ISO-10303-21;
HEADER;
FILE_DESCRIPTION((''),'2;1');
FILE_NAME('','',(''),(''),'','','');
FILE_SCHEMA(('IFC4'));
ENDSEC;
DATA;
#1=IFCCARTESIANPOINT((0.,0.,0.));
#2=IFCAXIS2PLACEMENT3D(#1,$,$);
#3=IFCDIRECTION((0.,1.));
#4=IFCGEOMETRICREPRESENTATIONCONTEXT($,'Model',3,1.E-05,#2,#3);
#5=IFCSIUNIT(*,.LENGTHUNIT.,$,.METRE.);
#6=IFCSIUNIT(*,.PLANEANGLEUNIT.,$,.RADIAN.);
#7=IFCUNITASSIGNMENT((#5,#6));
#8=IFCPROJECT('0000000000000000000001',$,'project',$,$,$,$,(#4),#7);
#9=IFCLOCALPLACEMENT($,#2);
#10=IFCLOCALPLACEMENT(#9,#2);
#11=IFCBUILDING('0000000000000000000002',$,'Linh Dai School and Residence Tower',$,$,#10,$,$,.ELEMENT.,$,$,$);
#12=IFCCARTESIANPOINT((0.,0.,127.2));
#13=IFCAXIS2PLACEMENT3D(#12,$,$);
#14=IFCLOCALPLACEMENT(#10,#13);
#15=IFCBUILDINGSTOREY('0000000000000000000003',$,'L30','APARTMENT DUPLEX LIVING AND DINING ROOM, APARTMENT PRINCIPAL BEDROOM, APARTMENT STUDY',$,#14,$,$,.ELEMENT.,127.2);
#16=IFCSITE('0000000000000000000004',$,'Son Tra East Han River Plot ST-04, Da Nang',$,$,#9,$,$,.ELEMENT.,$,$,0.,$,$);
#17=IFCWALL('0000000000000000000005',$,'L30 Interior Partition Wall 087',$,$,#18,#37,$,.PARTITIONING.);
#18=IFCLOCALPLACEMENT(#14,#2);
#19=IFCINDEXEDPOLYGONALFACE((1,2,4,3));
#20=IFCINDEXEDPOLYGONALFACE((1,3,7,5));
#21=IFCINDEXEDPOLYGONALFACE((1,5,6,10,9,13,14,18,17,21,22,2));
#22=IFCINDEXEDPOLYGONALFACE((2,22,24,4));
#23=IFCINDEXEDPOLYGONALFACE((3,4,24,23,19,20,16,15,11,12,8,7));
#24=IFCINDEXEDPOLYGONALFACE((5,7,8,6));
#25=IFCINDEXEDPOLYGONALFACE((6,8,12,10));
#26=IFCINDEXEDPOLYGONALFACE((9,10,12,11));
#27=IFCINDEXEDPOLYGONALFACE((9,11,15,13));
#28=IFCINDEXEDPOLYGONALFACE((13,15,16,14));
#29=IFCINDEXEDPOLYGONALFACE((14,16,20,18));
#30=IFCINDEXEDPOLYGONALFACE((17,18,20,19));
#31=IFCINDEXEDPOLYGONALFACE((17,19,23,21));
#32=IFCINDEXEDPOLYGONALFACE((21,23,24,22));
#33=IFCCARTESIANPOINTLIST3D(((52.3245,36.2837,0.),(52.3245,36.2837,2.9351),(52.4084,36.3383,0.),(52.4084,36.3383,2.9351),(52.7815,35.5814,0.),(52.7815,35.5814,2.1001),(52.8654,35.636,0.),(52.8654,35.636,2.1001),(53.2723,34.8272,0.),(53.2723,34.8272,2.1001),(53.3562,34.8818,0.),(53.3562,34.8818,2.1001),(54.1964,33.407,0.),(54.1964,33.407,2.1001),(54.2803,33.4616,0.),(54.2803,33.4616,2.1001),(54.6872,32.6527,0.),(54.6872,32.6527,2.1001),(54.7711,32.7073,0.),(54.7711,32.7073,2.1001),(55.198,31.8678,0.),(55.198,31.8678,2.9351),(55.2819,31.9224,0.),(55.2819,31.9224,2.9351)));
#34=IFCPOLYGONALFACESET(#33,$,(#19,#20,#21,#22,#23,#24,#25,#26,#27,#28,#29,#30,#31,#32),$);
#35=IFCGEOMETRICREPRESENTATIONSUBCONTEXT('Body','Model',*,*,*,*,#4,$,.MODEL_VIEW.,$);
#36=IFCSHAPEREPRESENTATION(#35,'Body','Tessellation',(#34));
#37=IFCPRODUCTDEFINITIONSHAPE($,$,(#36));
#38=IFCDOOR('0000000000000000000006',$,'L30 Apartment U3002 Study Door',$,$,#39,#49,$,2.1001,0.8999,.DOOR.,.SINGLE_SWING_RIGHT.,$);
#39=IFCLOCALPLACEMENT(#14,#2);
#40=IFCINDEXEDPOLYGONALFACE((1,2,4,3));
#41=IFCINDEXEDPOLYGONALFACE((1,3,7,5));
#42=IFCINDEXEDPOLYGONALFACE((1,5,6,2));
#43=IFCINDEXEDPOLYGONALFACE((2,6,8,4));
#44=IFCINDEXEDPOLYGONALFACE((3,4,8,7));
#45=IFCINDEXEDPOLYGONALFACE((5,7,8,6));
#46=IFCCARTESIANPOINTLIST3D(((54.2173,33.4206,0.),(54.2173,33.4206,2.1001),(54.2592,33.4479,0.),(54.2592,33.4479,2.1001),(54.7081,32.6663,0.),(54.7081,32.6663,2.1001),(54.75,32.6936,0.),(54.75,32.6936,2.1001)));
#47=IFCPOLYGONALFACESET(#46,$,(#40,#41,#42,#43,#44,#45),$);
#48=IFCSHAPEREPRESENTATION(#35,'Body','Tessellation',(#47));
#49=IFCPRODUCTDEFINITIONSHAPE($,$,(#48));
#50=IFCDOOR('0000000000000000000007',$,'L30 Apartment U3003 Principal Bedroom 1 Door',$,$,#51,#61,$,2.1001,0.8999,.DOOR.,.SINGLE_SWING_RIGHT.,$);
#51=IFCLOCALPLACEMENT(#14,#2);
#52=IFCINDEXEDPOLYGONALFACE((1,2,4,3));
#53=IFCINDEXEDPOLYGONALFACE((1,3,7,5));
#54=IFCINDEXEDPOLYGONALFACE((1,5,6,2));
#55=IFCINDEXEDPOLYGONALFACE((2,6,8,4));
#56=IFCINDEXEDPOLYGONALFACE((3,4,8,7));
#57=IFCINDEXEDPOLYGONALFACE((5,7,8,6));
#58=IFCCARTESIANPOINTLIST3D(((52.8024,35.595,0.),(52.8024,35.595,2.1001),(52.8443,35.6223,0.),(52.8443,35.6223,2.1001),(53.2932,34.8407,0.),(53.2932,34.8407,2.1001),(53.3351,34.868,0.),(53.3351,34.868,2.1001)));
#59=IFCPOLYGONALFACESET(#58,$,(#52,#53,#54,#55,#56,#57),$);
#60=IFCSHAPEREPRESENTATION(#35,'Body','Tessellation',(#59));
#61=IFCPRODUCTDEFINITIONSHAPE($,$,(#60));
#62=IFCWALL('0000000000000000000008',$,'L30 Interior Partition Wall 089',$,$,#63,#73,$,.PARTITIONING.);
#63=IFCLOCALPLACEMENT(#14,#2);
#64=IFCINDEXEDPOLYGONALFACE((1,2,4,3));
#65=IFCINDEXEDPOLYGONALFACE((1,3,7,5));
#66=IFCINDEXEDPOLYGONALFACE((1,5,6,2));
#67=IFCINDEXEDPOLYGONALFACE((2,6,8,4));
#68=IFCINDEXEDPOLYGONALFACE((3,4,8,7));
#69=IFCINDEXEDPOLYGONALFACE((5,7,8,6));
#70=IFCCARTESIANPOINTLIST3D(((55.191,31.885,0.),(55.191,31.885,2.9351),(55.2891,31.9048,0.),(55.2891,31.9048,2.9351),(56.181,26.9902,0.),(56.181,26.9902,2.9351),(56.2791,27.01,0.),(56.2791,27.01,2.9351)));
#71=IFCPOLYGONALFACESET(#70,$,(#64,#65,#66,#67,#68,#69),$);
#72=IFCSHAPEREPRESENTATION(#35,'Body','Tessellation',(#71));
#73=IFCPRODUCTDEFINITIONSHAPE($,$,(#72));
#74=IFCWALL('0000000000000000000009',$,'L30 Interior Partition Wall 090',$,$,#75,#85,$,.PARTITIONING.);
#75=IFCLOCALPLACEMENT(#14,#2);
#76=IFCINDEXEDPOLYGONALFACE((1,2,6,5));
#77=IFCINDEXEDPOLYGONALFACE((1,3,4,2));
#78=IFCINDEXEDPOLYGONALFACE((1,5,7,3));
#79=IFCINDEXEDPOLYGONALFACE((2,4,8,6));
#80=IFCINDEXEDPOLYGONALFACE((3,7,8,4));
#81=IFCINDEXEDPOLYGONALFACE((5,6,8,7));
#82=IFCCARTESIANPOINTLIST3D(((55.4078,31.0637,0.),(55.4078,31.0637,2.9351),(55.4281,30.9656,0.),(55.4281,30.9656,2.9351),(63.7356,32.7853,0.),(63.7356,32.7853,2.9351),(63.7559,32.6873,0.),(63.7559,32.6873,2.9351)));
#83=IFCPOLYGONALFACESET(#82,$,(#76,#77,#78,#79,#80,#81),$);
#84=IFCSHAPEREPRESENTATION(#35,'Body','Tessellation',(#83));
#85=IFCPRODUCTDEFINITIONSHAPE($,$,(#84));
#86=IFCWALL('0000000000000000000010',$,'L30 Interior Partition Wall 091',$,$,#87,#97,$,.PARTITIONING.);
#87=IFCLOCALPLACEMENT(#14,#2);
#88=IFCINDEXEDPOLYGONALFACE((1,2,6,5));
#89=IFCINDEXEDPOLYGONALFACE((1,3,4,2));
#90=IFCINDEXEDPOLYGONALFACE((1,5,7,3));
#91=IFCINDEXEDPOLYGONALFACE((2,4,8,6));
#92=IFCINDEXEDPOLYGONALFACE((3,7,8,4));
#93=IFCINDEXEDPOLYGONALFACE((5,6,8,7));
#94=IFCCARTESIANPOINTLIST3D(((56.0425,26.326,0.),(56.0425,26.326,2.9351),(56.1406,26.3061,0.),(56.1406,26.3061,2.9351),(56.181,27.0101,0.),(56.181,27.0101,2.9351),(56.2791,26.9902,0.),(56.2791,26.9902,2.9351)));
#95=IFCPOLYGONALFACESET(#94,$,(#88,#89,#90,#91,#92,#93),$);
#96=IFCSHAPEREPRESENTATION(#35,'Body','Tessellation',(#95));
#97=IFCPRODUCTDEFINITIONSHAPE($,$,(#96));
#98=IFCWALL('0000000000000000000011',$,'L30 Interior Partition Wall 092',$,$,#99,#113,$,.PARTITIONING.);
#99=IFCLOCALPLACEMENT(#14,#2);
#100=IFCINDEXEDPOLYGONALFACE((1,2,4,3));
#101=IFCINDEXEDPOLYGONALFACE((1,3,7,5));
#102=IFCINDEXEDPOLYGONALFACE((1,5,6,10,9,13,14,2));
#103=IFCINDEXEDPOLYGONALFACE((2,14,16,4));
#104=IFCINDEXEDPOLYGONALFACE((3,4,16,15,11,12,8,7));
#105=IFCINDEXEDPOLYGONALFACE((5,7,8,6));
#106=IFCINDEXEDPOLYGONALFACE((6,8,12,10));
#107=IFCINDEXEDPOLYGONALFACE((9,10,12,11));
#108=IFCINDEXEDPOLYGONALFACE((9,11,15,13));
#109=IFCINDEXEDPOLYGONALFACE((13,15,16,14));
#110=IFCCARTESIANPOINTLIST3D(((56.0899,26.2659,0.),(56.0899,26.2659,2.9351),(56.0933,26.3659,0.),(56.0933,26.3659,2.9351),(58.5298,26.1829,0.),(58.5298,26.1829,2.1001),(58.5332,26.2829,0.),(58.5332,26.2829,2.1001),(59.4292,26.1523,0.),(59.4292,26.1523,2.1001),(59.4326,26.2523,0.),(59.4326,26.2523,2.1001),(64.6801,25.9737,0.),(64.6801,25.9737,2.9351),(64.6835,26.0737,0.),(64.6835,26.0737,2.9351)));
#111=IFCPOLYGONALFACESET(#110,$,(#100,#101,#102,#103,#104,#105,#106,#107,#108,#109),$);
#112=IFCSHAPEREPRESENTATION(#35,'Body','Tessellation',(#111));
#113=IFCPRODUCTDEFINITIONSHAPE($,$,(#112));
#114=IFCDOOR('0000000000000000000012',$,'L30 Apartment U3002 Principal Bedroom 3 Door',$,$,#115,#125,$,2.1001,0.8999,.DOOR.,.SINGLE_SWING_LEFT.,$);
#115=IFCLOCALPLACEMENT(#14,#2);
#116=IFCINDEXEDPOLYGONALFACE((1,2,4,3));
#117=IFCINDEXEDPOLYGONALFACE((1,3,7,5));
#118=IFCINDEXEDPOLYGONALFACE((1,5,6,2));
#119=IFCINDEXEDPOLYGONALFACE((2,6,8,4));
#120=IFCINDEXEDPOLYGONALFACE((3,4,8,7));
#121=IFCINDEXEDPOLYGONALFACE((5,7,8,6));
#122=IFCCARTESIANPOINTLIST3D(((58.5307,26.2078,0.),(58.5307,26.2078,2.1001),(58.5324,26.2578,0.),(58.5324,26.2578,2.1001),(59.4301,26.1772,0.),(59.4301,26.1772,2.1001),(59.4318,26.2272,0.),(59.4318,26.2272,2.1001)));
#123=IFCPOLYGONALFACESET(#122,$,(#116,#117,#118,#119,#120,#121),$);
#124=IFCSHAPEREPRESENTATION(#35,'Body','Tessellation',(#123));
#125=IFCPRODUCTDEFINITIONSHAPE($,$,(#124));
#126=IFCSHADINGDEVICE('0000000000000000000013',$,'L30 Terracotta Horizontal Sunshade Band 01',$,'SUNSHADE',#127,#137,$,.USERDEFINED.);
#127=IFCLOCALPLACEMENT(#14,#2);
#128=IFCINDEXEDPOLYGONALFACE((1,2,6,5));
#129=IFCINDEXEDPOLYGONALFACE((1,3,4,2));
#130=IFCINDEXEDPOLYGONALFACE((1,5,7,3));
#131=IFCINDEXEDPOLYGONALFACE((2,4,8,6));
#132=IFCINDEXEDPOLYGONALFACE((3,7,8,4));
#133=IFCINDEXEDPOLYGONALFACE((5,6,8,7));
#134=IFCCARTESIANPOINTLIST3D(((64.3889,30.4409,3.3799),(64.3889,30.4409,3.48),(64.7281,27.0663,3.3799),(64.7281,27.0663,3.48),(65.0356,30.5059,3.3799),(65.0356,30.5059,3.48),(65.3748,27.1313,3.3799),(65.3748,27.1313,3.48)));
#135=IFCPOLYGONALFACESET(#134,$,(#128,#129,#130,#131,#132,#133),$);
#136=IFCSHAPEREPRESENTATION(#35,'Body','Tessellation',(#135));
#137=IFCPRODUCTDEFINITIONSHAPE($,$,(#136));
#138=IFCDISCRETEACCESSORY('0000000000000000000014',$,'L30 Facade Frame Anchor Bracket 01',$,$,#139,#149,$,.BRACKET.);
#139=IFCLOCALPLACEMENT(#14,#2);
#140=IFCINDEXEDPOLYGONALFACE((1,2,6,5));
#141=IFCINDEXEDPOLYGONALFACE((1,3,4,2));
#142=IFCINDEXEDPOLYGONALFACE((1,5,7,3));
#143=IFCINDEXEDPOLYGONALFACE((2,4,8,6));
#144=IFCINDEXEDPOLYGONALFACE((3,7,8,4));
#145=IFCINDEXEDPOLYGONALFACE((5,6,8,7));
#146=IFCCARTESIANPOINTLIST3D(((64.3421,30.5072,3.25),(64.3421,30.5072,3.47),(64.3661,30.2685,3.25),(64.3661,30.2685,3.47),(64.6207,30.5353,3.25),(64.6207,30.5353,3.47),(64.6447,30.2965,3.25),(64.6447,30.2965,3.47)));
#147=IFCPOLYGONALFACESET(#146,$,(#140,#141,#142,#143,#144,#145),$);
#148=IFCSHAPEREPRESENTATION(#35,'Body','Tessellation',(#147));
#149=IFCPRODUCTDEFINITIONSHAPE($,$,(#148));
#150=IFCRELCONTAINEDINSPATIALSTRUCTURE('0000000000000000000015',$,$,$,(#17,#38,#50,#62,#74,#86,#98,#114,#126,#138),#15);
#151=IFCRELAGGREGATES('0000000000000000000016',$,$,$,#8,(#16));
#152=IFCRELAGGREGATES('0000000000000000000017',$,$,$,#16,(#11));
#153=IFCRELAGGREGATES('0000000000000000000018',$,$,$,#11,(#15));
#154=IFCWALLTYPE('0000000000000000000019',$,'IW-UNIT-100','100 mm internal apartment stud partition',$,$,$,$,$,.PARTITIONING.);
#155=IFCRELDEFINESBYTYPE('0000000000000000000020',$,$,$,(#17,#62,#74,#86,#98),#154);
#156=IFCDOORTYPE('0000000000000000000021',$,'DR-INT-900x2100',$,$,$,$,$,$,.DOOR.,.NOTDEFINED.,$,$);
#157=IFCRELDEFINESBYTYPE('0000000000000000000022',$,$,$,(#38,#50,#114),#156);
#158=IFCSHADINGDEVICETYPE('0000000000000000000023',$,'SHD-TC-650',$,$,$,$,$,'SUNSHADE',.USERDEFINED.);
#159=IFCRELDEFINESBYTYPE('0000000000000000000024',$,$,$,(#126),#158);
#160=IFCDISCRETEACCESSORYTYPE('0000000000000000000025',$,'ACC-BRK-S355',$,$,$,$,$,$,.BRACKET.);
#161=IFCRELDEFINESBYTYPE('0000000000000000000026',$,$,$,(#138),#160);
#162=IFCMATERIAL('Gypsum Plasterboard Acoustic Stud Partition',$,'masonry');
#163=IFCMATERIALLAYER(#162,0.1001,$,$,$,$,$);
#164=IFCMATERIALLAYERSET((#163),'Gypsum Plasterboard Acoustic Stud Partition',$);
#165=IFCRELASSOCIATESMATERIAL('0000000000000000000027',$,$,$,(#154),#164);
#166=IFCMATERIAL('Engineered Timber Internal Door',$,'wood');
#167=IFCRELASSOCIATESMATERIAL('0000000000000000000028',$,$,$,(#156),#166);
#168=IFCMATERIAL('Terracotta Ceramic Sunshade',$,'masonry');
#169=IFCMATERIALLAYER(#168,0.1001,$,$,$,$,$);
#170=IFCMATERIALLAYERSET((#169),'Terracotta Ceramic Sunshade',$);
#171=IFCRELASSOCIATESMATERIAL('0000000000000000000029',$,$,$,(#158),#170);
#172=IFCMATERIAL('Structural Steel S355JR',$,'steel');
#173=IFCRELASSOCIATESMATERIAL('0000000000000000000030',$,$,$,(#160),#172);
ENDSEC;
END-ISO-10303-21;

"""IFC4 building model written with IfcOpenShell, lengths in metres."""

from ifc_helpers import new_model, si_unit, direction, frame, frame_2d, origin, origin_2d, place, context, subcontext, project, spatial, rectangle, extrude, source, transform, mapped, material, layer, layer_set, type_object, element, fill, save


model = new_model("IFC4")

# Units and contexts
model_context = context("Model", 3, precision=1e-05, world=origin(), true_north=direction((0.0, 1.0)))
body_context = subcontext(model_context, "Body", "Model", "MODEL_VIEW")
ifc_project = project(units=[si_unit("LENGTHUNIT", "METRE"), si_unit("PLANEANGLEUNIT", "RADIAN")], contexts=[model_context])

# Site, building, storey
site_placement = place(None, origin())
site = spatial("IfcSite", under=ifc_project, at=site_placement, Name="Son Tra East Han River Plot ST-04, Da Nang", CompositionType="ELEMENT", RefElevation=0.0)
building_placement = place(site_placement, origin())
building = spatial("IfcBuilding", under=site, at=building_placement, Name="Linh Dai School and Residence Tower", CompositionType="ELEMENT")
storey_placement = place(building_placement, frame((0.0, 0.0, 127.2)))
storey = spatial("IfcBuildingStorey", under=building, at=storey_placement, Name="L30", Description="APARTMENT DUPLEX LIVING AND DINING ROOM, APARTMENT PRINCIPAL BEDROOM, APARTMENT STUDY", CompositionType="ELEMENT", Elevation=127.2)

# Shared definitions
ifc_material_1 = material(Name="Structural Steel S355JR", Category="steel")

# Shared definitions
ifc_material_2 = material(Name="Gypsum Plasterboard Acoustic Stud Partition", Category="masonry")
ifc_layer_1 = layer(ifc_material_2, 0.1001)
ifc_layer_set_1 = layer_set([ifc_layer_1], Name="Gypsum Plasterboard Acoustic Stud Partition")
wall_type_1 = type_object("IfcWallType", Name="IW-UNIT-100", Description="100 mm internal apartment stud partition", PredefinedType="PARTITIONING", material=ifc_layer_set_1)

# Wall, openings, doors
wall_1_placement = place(storey_placement, frame((52.3665, 36.311, 0.0), z_axis=(0.0, 0.0, 1.0), x_axis=(0.545405, -0.838172, 0.0)))
wall_1 = element("IfcWall", 1, at=wall_1_placement, inside=storey, type_object=wall_type_1, Name="L30 Interior Partition Wall 087", PredefinedType="PARTITIONING", context=body_context, shape_type="SweptSolid", body=[
    extrude(rectangle(XDim=5.2686, YDim=0.1001, at=frame_2d((2.6343, 0.0))), origin(), (0.0, 0.0, 1.0), 2.9351),
])
opening_1_placement = place(wall_1_placement, frame((3.4321, 0.0, 0.0)))
opening_1 = element("IfcOpeningElement", 2, at=opening_1_placement, cuts=wall_1, PredefinedType="OPENING", context=body_context, shape_type="SweptSolid", body=[
    extrude(rectangle(XDim=0.8999, YDim=2.1001, at=origin_2d()), frame((0.45, 0.0601, 1.05), z_axis=(0.0, -1.0, 0.0), x_axis=(1.0, 0.0, 0.0)), (0.0, 0.0, 1.0), 0.1201),
])
opening_2_placement = place(wall_1_placement, frame((0.8379, 0.0, 0.0)))
opening_2 = element("IfcOpeningElement", 3, at=opening_2_placement, cuts=wall_1, PredefinedType="OPENING", context=body_context, shape_type="SweptSolid", body=[
    extrude(rectangle(XDim=0.8999, YDim=2.1001, at=origin_2d()), frame((0.45, 0.0601, 1.05), z_axis=(0.0, -1.0, 0.0), x_axis=(1.0, 0.0, 0.0)), (0.0, 0.0, 1.0), 0.1201),
])
ifc_material_3 = material(Name="Engineered Timber Internal Door", Category="wood")
door_type = type_object("IfcDoorType", Name="DR-INT-900x2100", OperationType="NOTDEFINED", PredefinedType="DOOR", material=ifc_material_3)
shared_shape_1 = source(origin(), body_context, "Body", "SweptSolid", [
    extrude(rectangle(XDim=0.8999, YDim=2.1001, at=origin_2d()), frame((0.45, 0.0249, 1.05), z_axis=(0.0, -1.0, 0.0), x_axis=(1.0, 0.0, 0.0)), (0.0, 0.0, 1.0), 0.05),
])
door_1_placement = place(opening_1_placement, origin())
door_1 = element("IfcDoor", 4, at=door_1_placement, inside=storey, type_object=door_type, Name="L30 Apartment U3002 Study Door", OperationType="SINGLE_SWING_RIGHT", OverallHeight=2.1001, OverallWidth=0.8999, PredefinedType="DOOR", context=body_context, shape_type="MappedRepresentation", body=[
    mapped(shared_shape_1, transform((0.0, 0.0, 0.0), x_axis=(1.0, 0.0, 0.0), y_axis=(0.0, 1.0, 0.0), z_axis=(0.0, 0.0, 1.0), scale=1.0)),
])
fill(opening_1, door_1)
door_2_placement = place(opening_2_placement, origin())
door_2 = element("IfcDoor", 5, at=door_2_placement, inside=storey, type_object=door_type, Name="L30 Apartment U3003 Principal Bedroom 1 Door", OperationType="SINGLE_SWING_RIGHT", OverallHeight=2.1001, OverallWidth=0.8999, PredefinedType="DOOR", context=body_context, shape_type="MappedRepresentation", body=[
    mapped(shared_shape_1, transform((0.0, 0.0, 0.0), x_axis=(1.0, 0.0, 0.0), y_axis=(0.0, 1.0, 0.0), z_axis=(0.0, 0.0, 1.0), scale=1.0)),
])
fill(opening_2, door_2)

# Walls
wall_2_placement = place(storey_placement, frame((55.24, 31.895, 0.0), z_axis=(0.0, 0.0, 1.0), x_axis=(0.19824, -0.980153, 0.0)))
element("IfcWall", 6, at=wall_2_placement, inside=storey, type_object=wall_type_1, Name="L30 Interior Partition Wall 089", PredefinedType="PARTITIONING", context=body_context, shape_type="SweptSolid", body=[
    extrude(rectangle(XDim=4.9939, YDim=0.1001, at=frame_2d((2.4971, 0.0))), origin(), (0.0, 0.0, 1.0), 2.9351),
])
wall_3_placement = place(storey_placement, frame((55.418, 31.0146, 0.0), z_axis=(0.0, 0.0, 1.0), x_axis=(0.979291, 0.202456, 0.0)))
element("IfcWall", 7, at=wall_3_placement, inside=storey, type_object=wall_type_1, Name="L30 Interior Partition Wall 090", PredefinedType="PARTITIONING", context=body_context, shape_type="SweptSolid", body=[
    extrude(rectangle(XDim=8.5039, YDim=0.1001, at=frame_2d((4.252, 0.0))), origin(), (0.0, 0.0, 1.0), 2.9351),
])
wall_4_placement = place(storey_placement, frame((56.0916, 26.3159, 0.0), z_axis=(0.0, 0.0, 1.0), x_axis=(0.198336, 0.980134, 0.0)))
element("IfcWall", 8, at=wall_4_placement, inside=storey, type_object=wall_type_1, Name="L30 Interior Partition Wall 091", PredefinedType="PARTITIONING", context=body_context, shape_type="SweptSolid", body=[
    extrude(rectangle(XDim=0.698, YDim=0.1001, at=frame_2d((0.3491, 0.0))), origin(), (0.0, 0.0, 1.0), 2.9351),
])

# Wall, opening, door
wall_5_placement = place(storey_placement, frame((56.0916, 26.3159, 0.0), z_axis=(0.0, 0.0, 1.0), x_axis=(0.999422, -0.034, 0.0)))
wall_5 = element("IfcWall", 9, at=wall_5_placement, inside=storey, type_object=wall_type_1, Name="L30 Interior Partition Wall 092", PredefinedType="PARTITIONING", context=body_context, shape_type="SweptSolid", body=[
    extrude(rectangle(XDim=8.5952, YDim=0.1001, at=frame_2d((4.2976, 0.0))), origin(), (0.0, 0.0, 1.0), 2.9351),
])
opening_3_placement = place(wall_5_placement, frame((2.4414, 0.0, 0.0)))
opening_3 = element("IfcOpeningElement", 10, at=opening_3_placement, cuts=wall_5, PredefinedType="OPENING", context=body_context, shape_type="SweptSolid", body=[
    extrude(rectangle(XDim=0.8999, YDim=2.1001, at=origin_2d()), frame((0.45, 0.0601, 1.05), z_axis=(0.0, -1.0, 0.0), x_axis=(1.0, 0.0, 0.0)), (0.0, 0.0, 1.0), 0.1201),
])
door_3_placement = place(opening_3_placement, origin())
door_3 = element("IfcDoor", 11, at=door_3_placement, inside=storey, type_object=door_type, Name="L30 Apartment U3002 Principal Bedroom 3 Door", OperationType="SINGLE_SWING_LEFT", OverallHeight=2.1001, OverallWidth=0.8999, PredefinedType="DOOR", context=body_context, shape_type="MappedRepresentation", body=[
    mapped(shared_shape_1, transform((0.0, 0.0, 0.0), x_axis=(1.0, 0.0, 0.0), y_axis=(0.0, 1.0, 0.0), z_axis=(0.0, 0.0, 1.0), scale=1.0)),
])
fill(opening_3, door_3)

# Shading device
ifc_material_4 = material(Name="Terracotta Ceramic Sunshade", Category="masonry")
ifc_layer_2 = layer(ifc_material_4, 0.1001)
ifc_layer_set_2 = layer_set([ifc_layer_2], Name="Terracotta Ceramic Sunshade")
shading_device_type = type_object("IfcShadingDeviceType", Name="SHD-TC-650", ElementType="SUNSHADE", PredefinedType="USERDEFINED", material=ifc_layer_set_2)
shared_shape_2 = source(origin(), body_context, "Body", "SweptSolid", [
    extrude(rectangle(XDim=3.3916, YDim=0.6499, at=origin_2d()), origin(), (0.0, 0.0, 1.0), 0.1001),
])
shading_device_placement = place(storey_placement, frame((64.8818, 28.7861, 3.3799), z_axis=(0.0, 0.0, 1.0), x_axis=(0.100007, -0.994987, 0.0)))
element("IfcShadingDevice", 12, at=shading_device_placement, inside=storey, type_object=shading_device_type, Name="L30 Terracotta Horizontal Sunshade Band 01", ObjectType="SUNSHADE", PredefinedType="USERDEFINED", context=body_context, shape_type="MappedRepresentation", body=[
    mapped(shared_shape_2, transform((0.0, 0.0, 0.0), x_axis=(1.0, 0.0, 0.0), y_axis=(0.0, 1.0, 0.0), z_axis=(0.0, 0.0, 1.0), scale=1.0)),
])

# Discrete accessory
discrete_accessory_type = type_object("IfcDiscreteAccessoryType", Name="ACC-BRK-S355", PredefinedType="BRACKET", material=ifc_material_1)
shared_shape_3 = source(origin(), body_context, "Body", "SweptSolid", [
    extrude(rectangle(XDim=0.28, YDim=0.24, at=origin_2d()), origin(), (0.0, 0.0, 1.0), 0.22),
])
discrete_accessory_placement = place(storey_placement, frame((64.4934, 30.4019, 3.25), z_axis=(0.0, 0.0, 1.0), x_axis=(0.994987, 0.100007, 0.0)))
element("IfcDiscreteAccessory", 13, at=discrete_accessory_placement, inside=storey, type_object=discrete_accessory_type, Name="L30 Facade Frame Anchor Bracket 01", PredefinedType="BRACKET", context=body_context, shape_type="MappedRepresentation", body=[
    mapped(shared_shape_3, transform((0.0, 0.0, 0.0), x_axis=(1.0, 0.0, 0.0), y_axis=(0.0, 1.0, 0.0), z_axis=(0.0, 0.0, 1.0), scale=1.0)),
])

save(model, "model.ifc")
